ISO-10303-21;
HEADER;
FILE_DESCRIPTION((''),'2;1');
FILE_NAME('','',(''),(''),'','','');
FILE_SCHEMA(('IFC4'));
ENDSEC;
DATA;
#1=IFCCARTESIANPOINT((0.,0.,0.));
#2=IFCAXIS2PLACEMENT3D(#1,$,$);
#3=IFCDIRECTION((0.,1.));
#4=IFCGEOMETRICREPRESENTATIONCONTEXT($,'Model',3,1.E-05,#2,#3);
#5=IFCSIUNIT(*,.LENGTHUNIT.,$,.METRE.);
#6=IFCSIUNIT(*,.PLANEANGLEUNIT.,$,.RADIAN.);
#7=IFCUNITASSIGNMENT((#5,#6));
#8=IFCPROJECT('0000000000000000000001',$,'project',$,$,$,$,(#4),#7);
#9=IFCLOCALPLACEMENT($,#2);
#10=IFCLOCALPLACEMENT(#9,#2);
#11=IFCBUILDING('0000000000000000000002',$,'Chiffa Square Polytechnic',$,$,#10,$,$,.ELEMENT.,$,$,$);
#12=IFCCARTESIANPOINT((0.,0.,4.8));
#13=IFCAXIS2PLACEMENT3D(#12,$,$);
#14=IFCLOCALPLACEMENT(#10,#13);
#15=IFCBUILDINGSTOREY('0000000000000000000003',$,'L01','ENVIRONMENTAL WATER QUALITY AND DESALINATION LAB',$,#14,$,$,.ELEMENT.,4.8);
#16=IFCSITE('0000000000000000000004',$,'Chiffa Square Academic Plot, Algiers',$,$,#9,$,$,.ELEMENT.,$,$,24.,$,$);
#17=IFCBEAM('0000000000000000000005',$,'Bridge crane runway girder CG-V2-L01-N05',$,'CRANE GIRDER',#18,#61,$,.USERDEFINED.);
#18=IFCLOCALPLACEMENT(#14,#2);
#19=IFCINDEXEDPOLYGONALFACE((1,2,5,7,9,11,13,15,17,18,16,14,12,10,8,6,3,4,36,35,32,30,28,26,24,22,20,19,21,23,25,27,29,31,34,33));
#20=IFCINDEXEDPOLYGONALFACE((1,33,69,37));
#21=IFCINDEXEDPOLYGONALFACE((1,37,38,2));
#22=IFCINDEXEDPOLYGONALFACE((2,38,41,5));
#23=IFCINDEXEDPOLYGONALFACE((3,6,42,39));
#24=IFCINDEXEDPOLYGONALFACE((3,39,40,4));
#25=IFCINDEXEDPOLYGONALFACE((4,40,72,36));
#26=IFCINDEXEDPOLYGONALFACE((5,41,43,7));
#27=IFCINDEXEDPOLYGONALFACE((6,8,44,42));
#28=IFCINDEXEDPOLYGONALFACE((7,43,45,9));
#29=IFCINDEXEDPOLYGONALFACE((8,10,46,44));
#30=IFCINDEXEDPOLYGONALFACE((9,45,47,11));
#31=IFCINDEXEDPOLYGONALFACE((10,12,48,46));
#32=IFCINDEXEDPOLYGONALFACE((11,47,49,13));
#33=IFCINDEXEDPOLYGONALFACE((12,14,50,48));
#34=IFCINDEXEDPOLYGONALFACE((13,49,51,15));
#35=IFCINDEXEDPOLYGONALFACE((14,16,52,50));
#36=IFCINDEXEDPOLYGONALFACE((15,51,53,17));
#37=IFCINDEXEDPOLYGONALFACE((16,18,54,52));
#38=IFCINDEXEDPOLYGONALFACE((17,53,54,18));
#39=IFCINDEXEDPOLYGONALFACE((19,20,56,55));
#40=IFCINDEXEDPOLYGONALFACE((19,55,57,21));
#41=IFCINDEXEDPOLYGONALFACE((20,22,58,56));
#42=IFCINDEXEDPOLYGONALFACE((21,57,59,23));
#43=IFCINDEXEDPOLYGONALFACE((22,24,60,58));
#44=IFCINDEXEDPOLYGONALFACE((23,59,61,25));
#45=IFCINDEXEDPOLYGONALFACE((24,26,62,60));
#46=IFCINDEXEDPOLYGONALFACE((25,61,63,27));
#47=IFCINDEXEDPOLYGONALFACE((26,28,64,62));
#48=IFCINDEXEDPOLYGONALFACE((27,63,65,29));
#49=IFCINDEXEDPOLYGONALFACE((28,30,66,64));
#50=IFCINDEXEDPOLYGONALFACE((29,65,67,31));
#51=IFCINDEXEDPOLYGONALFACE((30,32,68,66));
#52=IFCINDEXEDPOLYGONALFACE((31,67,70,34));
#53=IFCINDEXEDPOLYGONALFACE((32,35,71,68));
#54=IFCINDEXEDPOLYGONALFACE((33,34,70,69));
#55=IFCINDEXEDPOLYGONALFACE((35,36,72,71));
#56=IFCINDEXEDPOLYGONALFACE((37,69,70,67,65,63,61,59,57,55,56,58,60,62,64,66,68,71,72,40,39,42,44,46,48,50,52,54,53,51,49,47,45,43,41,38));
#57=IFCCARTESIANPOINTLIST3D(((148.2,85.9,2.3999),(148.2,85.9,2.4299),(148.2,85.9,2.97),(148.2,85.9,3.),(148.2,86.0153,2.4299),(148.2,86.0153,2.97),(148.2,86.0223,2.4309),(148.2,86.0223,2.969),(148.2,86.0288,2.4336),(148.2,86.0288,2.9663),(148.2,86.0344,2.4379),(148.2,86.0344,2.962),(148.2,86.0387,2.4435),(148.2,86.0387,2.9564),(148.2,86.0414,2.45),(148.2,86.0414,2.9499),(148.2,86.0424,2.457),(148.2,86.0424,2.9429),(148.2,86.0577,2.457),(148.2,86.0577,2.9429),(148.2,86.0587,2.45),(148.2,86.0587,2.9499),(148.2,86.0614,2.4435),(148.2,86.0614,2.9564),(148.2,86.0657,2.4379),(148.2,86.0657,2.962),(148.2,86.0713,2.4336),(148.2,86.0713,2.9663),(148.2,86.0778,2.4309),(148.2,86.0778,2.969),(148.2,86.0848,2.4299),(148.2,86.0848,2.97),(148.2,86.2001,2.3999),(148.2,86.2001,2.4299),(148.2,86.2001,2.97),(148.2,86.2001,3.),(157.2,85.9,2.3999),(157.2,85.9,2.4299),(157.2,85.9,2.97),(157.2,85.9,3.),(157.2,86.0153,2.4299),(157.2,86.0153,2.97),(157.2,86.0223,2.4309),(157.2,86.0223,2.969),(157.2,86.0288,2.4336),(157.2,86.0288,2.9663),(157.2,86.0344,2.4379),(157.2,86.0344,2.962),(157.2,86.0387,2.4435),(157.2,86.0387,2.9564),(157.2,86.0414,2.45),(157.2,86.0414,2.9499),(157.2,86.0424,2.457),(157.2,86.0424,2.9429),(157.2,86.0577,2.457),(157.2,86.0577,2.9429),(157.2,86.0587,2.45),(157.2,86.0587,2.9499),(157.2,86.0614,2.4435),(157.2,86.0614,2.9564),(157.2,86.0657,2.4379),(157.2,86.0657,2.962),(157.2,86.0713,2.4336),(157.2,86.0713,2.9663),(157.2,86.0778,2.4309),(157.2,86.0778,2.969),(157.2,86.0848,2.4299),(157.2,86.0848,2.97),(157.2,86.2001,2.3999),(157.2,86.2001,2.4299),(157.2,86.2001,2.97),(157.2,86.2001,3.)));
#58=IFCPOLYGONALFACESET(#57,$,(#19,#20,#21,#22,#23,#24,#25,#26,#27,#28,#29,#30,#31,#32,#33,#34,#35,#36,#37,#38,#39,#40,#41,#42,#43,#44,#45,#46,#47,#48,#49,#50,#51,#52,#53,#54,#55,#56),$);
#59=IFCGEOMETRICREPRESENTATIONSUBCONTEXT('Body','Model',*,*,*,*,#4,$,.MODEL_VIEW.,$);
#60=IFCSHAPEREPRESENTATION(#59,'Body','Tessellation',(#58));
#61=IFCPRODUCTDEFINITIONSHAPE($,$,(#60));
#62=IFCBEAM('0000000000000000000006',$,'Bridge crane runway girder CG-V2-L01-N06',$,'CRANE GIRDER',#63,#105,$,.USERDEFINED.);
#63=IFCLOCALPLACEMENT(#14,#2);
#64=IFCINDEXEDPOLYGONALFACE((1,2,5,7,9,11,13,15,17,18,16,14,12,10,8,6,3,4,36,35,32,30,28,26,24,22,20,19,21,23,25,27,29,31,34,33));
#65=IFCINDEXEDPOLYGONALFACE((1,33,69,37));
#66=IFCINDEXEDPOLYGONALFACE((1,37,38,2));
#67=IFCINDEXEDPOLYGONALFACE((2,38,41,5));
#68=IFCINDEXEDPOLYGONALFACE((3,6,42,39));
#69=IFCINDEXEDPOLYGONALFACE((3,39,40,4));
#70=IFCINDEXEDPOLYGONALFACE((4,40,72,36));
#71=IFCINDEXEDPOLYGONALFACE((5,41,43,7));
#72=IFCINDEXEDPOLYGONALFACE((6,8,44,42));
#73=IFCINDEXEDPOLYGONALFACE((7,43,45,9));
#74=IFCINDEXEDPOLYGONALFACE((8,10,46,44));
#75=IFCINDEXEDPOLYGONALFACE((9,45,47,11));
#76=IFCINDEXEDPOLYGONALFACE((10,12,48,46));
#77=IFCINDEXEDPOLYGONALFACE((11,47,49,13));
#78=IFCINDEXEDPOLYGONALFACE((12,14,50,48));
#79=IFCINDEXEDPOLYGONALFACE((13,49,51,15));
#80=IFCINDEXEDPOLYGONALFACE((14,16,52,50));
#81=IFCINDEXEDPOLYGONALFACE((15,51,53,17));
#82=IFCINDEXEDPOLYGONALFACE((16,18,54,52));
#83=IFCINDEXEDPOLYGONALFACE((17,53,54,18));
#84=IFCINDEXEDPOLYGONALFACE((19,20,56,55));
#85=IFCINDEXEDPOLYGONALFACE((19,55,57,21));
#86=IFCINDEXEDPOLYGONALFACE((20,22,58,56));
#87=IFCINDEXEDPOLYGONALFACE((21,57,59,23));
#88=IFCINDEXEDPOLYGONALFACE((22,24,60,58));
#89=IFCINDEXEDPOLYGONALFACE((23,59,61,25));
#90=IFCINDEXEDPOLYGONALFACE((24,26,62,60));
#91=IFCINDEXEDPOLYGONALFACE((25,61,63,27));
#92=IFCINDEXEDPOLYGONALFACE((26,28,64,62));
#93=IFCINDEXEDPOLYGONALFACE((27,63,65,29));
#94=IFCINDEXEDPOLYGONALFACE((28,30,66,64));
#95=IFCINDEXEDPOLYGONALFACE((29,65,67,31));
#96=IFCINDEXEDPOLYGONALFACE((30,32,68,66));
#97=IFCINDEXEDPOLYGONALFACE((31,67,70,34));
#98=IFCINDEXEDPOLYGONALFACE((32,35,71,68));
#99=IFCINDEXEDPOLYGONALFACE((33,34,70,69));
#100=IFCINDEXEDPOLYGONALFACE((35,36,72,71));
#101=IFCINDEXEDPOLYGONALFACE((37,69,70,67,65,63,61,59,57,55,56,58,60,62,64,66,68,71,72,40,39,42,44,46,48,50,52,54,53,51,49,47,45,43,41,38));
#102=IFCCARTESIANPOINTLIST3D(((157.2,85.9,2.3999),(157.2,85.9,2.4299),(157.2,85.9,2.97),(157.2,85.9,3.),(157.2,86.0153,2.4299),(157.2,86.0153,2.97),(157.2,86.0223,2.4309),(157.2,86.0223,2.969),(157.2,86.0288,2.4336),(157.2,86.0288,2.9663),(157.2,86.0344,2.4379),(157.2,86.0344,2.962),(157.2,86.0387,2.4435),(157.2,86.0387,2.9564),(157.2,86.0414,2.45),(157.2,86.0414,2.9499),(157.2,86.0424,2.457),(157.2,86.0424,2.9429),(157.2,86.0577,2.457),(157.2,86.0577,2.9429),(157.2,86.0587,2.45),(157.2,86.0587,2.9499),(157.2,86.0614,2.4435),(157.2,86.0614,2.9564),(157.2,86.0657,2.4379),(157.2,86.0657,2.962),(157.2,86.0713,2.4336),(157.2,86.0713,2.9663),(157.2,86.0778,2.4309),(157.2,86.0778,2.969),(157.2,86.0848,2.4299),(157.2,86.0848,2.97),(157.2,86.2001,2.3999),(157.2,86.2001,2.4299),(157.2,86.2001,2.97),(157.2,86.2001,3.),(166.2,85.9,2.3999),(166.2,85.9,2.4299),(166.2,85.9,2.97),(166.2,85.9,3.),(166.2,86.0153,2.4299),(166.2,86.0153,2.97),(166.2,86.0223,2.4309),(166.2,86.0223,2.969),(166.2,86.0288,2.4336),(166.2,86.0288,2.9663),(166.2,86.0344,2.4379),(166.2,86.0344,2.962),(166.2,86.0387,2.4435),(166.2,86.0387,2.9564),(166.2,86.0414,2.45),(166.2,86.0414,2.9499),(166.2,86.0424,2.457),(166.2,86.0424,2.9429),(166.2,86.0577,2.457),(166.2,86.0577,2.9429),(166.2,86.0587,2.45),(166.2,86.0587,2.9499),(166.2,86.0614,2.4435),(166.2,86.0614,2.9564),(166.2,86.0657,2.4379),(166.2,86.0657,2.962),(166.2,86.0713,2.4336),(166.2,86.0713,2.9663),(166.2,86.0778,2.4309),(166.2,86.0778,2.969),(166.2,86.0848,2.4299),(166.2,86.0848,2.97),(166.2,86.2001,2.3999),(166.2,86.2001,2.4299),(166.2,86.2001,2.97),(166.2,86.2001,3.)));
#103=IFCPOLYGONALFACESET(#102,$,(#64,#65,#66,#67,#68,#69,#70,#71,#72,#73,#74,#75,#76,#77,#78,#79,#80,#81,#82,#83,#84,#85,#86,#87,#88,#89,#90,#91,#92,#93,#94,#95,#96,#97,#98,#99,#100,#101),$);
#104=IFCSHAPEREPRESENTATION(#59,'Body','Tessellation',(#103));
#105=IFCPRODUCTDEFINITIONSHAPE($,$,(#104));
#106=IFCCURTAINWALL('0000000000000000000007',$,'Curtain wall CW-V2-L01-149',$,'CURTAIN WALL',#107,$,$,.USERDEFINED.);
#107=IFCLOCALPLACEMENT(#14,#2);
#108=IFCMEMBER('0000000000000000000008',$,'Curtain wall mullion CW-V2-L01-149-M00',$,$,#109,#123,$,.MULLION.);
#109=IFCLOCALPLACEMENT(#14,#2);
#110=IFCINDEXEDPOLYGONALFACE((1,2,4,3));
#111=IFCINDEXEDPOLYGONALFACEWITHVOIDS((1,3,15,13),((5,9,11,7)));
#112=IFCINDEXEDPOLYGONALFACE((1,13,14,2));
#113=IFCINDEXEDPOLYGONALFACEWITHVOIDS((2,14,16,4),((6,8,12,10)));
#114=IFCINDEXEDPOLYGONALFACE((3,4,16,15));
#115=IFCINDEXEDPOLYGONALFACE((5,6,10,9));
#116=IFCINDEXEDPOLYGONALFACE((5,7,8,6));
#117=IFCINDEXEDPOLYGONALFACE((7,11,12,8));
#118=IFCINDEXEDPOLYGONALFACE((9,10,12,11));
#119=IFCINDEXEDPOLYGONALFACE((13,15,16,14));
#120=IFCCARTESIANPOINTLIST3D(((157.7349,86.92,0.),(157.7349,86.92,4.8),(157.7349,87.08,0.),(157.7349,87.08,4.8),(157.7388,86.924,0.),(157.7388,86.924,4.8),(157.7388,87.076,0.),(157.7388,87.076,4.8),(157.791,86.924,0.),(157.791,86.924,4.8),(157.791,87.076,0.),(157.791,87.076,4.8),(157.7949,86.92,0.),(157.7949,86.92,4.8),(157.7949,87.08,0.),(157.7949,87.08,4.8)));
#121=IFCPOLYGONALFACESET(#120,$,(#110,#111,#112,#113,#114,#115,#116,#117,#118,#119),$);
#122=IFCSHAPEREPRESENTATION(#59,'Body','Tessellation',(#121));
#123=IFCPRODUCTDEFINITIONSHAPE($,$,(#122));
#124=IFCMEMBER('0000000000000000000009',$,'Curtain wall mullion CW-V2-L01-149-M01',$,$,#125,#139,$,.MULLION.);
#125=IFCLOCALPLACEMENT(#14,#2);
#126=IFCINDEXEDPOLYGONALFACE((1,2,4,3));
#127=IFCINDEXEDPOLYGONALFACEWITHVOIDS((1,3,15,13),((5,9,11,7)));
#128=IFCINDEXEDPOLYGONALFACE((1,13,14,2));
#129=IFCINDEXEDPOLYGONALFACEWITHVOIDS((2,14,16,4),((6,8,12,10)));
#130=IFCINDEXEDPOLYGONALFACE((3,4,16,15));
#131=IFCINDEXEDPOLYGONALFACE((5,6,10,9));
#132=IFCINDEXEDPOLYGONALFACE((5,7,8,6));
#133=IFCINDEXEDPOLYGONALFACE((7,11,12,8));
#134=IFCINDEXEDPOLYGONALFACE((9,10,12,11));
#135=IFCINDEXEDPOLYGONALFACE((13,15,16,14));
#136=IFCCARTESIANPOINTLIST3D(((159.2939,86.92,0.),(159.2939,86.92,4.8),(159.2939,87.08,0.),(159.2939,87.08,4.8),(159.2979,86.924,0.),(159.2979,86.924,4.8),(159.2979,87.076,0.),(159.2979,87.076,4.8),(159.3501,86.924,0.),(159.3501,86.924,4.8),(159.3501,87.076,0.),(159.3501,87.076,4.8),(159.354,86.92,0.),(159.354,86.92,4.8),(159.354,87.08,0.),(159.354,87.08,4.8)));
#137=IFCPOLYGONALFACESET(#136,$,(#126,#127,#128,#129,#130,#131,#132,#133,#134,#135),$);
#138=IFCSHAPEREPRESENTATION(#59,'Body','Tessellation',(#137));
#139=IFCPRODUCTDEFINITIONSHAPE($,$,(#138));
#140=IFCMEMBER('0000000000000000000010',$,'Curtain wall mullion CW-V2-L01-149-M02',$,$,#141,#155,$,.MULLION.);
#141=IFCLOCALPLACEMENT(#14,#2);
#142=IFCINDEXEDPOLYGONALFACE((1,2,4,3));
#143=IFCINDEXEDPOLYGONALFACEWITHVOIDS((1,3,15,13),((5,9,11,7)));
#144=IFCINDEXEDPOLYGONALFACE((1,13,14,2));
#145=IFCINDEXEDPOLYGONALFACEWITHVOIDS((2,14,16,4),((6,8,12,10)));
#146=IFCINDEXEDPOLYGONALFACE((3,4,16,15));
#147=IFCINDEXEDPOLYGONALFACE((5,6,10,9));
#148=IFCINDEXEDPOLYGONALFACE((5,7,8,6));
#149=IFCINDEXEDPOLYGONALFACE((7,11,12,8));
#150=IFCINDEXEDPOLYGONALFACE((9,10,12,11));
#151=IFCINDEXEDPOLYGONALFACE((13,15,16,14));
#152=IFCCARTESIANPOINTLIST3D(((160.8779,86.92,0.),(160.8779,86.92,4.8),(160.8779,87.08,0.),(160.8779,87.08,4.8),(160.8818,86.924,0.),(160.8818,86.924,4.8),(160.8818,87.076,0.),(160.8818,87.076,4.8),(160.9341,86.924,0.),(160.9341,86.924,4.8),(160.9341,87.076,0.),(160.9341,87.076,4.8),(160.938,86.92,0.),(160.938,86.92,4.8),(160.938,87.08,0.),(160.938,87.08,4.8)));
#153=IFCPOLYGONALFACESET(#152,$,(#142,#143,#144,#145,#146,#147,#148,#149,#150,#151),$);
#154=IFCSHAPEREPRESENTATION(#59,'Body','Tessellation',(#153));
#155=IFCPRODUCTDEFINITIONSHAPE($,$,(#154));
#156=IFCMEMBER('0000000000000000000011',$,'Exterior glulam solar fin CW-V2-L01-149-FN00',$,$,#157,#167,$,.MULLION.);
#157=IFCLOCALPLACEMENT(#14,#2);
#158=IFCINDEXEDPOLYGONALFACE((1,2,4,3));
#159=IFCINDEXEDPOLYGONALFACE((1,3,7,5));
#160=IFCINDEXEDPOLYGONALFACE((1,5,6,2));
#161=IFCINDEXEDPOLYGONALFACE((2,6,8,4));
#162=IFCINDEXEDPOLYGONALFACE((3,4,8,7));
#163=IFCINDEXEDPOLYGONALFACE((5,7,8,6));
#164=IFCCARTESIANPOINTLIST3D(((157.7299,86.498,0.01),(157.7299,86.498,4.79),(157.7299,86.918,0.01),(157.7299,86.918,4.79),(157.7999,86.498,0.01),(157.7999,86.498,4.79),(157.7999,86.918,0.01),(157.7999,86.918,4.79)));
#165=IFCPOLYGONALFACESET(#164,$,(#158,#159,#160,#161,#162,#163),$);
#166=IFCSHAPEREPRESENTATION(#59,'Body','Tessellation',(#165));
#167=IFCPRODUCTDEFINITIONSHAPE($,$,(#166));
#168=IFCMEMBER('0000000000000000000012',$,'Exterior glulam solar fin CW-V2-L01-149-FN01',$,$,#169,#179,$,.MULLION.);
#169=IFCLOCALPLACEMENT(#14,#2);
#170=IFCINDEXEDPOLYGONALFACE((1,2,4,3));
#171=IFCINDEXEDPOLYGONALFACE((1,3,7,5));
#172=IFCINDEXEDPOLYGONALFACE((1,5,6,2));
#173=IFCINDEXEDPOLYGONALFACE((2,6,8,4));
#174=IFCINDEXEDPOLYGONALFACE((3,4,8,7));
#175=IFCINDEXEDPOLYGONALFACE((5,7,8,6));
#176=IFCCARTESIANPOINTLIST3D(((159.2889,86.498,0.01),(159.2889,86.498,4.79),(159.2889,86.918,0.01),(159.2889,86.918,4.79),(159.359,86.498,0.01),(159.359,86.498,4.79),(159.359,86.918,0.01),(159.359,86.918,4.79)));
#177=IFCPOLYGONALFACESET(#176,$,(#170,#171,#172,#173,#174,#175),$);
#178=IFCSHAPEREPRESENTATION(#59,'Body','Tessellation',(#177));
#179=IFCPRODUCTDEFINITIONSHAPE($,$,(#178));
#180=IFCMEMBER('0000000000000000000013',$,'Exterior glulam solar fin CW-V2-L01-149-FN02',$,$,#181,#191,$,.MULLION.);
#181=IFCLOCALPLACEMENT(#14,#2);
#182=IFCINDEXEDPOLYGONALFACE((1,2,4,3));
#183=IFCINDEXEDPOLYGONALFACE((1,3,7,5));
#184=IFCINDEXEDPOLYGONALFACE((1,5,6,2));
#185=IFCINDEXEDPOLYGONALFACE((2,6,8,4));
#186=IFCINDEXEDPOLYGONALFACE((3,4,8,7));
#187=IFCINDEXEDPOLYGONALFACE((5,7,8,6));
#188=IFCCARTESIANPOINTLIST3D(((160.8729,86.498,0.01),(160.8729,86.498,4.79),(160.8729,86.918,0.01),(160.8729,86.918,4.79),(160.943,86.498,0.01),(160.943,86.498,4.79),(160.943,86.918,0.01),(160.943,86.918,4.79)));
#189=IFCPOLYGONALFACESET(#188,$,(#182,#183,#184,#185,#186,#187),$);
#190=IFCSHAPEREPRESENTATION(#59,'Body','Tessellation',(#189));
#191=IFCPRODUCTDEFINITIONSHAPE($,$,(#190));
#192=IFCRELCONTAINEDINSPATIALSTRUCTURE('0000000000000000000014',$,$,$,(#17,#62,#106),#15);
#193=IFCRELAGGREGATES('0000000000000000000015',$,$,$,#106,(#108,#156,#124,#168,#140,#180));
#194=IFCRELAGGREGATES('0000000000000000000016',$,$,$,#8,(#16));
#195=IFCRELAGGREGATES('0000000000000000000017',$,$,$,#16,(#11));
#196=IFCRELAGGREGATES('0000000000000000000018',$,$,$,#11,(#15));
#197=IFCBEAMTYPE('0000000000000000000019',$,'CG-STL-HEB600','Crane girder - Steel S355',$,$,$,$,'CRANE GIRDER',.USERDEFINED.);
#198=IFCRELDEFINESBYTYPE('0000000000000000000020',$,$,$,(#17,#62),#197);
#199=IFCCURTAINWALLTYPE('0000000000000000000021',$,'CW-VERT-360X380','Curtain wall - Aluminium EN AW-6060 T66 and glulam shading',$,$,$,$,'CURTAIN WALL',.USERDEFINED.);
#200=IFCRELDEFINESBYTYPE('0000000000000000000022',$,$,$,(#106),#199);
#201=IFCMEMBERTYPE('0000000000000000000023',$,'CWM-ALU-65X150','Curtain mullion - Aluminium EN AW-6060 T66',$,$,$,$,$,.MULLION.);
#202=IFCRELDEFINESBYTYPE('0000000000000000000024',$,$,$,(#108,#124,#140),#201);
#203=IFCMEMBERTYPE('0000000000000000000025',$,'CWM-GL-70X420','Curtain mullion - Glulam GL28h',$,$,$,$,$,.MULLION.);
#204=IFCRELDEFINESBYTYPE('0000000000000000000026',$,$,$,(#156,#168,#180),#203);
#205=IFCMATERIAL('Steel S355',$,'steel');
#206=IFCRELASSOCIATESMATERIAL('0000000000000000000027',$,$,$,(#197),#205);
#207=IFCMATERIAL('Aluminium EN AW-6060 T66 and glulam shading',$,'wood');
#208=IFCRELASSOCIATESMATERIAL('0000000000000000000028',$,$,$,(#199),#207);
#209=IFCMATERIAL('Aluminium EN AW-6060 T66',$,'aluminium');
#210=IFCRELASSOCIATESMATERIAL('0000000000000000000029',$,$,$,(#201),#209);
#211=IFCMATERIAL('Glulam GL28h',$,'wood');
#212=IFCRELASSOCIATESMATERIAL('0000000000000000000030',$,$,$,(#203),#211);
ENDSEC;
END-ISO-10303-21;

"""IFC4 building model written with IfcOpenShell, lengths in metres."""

from ifc_helpers import new_model, si_unit, direction, frame, origin, origin_2d, place, context, subcontext, project, spatial, rectangle, hollow_rectangle, i_section, extrude, material, material_profile, profile_set, type_object, element, aggregate, save


model = new_model("IFC4")

# Units and contexts
model_context = context("Model", 3, precision=1e-05, world=origin(), true_north=direction((0.0, 1.0)))
body_context = subcontext(model_context, "Body", "Model", "MODEL_VIEW")
ifc_project = project(units=[si_unit("LENGTHUNIT", "METRE"), si_unit("PLANEANGLEUNIT", "RADIAN")], contexts=[model_context])

# Site, building, storey
site_placement = place(None, origin())
site = spatial("IfcSite", under=ifc_project, at=site_placement, Name="Chiffa Square Academic Plot, Algiers", CompositionType="ELEMENT", RefElevation=24.0)
building_placement = place(site_placement, origin())
building = spatial("IfcBuilding", under=site, at=building_placement, Name="Chiffa Square Polytechnic", CompositionType="ELEMENT")
storey_placement = place(building_placement, frame((0.0, 0.0, 4.8)))
storey = spatial("IfcBuildingStorey", under=building, at=storey_placement, Name="L01", Description="ENVIRONMENTAL WATER QUALITY AND DESALINATION LAB", CompositionType="ELEMENT", Elevation=4.8)

# Shared definitions
ifc_material_1 = material(Name="Steel S355", Category="steel")

# Beams
ifc_material_profile_1 = material_profile(ifc_material_1, i_section(OverallWidth=0.3, OverallDepth=0.6001, WebThickness=0.0154, FlangeThickness=0.03, FilletRadius=0.0271, at=origin_2d()), Name="HEB 600")
ifc_profile_set_1 = profile_set([ifc_material_profile_1], Name="Steel S355")
beam_type_1 = type_object("IfcBeamType", Name="CG-STL-HEB600", Description="Crane girder - Steel S355", ElementType="CRANE GIRDER", PredefinedType="USERDEFINED", material=ifc_profile_set_1)
for number, where, z_axis, x_axis, name in (
    (1, (148.2, 86.05, 2.7), (1.0, 0.0, 0.0), (0.0, 1.0, 0.0), "Bridge crane runway girder CG-V2-L01-N05"),
    (2, (157.2, 86.05, 2.7), (1.0, 0.0, 0.0), (0.0, 1.0, 0.0), "Bridge crane runway girder CG-V2-L01-N06"),
):
    element("IfcBeam", number, at=place(storey_placement, frame(where, z_axis=z_axis, x_axis=x_axis)), inside=storey, type_object=beam_type_1, Name=name, ObjectType="CRANE GIRDER", PredefinedType="USERDEFINED", context=body_context, shape_type="SweptSolid", body=[
        extrude(i_section(OverallWidth=0.3, OverallDepth=0.6001, WebThickness=0.0154, FlangeThickness=0.03, FilletRadius=0.0271, at=origin_2d()), origin(), (0.0, 0.0, 1.0), 9.0),
    ])

# Curtain wall, members
ifc_material_2 = material(Name="Aluminium EN AW-6060 T66 and glulam shading", Category="wood")
curtain_wall_type = type_object("IfcCurtainWallType", Name="CW-VERT-360X380", Description="Curtain wall - Aluminium EN AW-6060 T66 and glulam shading", ElementType="CURTAIN WALL", PredefinedType="USERDEFINED", material=ifc_material_2)
curtain_wall_placement = place(storey_placement, origin())
curtain_wall = element("IfcCurtainWall", 3, at=curtain_wall_placement, inside=storey, type_object=curtain_wall_type, Name="Curtain wall CW-V2-L01-149", ObjectType="CURTAIN WALL", PredefinedType="USERDEFINED")
ifc_material_3 = material(Name="Aluminium EN AW-6060 T66", Category="aluminium")
ifc_material_profile_2 = material_profile(ifc_material_3, hollow_rectangle(XDim=0.0601, YDim=0.1599, WallThickness=0.0039, at=origin_2d()), Name="ALU 60x160x4")
ifc_profile_set_2 = profile_set([ifc_material_profile_2], Name="Aluminium EN AW-6060 T66")
member_type_1 = type_object("IfcMemberType", Name="CWM-ALU-65X150", Description="Curtain mullion - Aluminium EN AW-6060 T66", PredefinedType="MULLION", material=ifc_profile_set_2)
member_1_placement = place(storey_placement, frame((157.7649, 87.0, 0.0), z_axis=(0.0, 0.0, 1.0), x_axis=(1.0, 0.0, 0.0)))
member_1 = element("IfcMember", 4, at=member_1_placement, type_object=member_type_1, Name="Curtain wall mullion CW-V2-L01-149-M00", PredefinedType="MULLION", context=body_context, shape_type="SweptSolid", body=[
    extrude(hollow_rectangle(XDim=0.0601, YDim=0.1599, WallThickness=0.0039, at=origin_2d()), origin(), (0.0, 0.0, 1.0), 4.8),
])
member_2_placement = place(storey_placement, frame((159.324, 87.0, 0.0), z_axis=(0.0, 0.0, 1.0), x_axis=(1.0, 0.0, 0.0)))
member_2 = element("IfcMember", 5, at=member_2_placement, type_object=member_type_1, Name="Curtain wall mullion CW-V2-L01-149-M01", PredefinedType="MULLION", context=body_context, shape_type="SweptSolid", body=[
    extrude(hollow_rectangle(XDim=0.0601, YDim=0.1599, WallThickness=0.0039, at=origin_2d()), origin(), (0.0, 0.0, 1.0), 4.8),
])
member_3_placement = place(storey_placement, frame((160.908, 87.0, 0.0), z_axis=(0.0, 0.0, 1.0), x_axis=(1.0, 0.0, 0.0)))
member_3 = element("IfcMember", 6, at=member_3_placement, type_object=member_type_1, Name="Curtain wall mullion CW-V2-L01-149-M02", PredefinedType="MULLION", context=body_context, shape_type="SweptSolid", body=[
    extrude(hollow_rectangle(XDim=0.0601, YDim=0.1599, WallThickness=0.0039, at=origin_2d()), origin(), (0.0, 0.0, 1.0), 4.8),
])
ifc_material_4 = material(Name="Glulam GL28h", Category="wood")
ifc_material_profile_3 = material_profile(ifc_material_4, rectangle(XDim=0.0701, YDim=0.4199, at=origin_2d()), Name="GL28h 70x420")
ifc_profile_set_3 = profile_set([ifc_material_profile_3], Name="Glulam GL28h")
member_type_2 = type_object("IfcMemberType", Name="CWM-GL-70X420", Description="Curtain mullion - Glulam GL28h", PredefinedType="MULLION", material=ifc_profile_set_3)
member_4_placement = place(storey_placement, frame((157.7649, 86.708, 0.01), z_axis=(0.0, 0.0, 1.0), x_axis=(1.0, 0.0, 0.0)))
member_4 = element("IfcMember", 7, at=member_4_placement, type_object=member_type_2, Name="Exterior glulam solar fin CW-V2-L01-149-FN00", PredefinedType="MULLION", context=body_context, shape_type="SweptSolid", body=[
    extrude(rectangle(XDim=0.0701, YDim=0.4199, at=origin_2d()), origin(), (0.0, 0.0, 1.0), 4.78),
])
member_5_placement = place(storey_placement, frame((159.324, 86.708, 0.01), z_axis=(0.0, 0.0, 1.0), x_axis=(1.0, 0.0, 0.0)))
member_5 = element("IfcMember", 8, at=member_5_placement, type_object=member_type_2, Name="Exterior glulam solar fin CW-V2-L01-149-FN01", PredefinedType="MULLION", context=body_context, shape_type="SweptSolid", body=[
    extrude(rectangle(XDim=0.0701, YDim=0.4199, at=origin_2d()), origin(), (0.0, 0.0, 1.0), 4.78),
])
member_6_placement = place(storey_placement, frame((160.908, 86.708, 0.01), z_axis=(0.0, 0.0, 1.0), x_axis=(1.0, 0.0, 0.0)))
member_6 = element("IfcMember", 9, at=member_6_placement, type_object=member_type_2, Name="Exterior glulam solar fin CW-V2-L01-149-FN02", PredefinedType="MULLION", context=body_context, shape_type="SweptSolid", body=[
    extrude(rectangle(XDim=0.0701, YDim=0.4199, at=origin_2d()), origin(), (0.0, 0.0, 1.0), 4.78),
])
aggregate(curtain_wall, [member_1, member_4, member_2, member_5, member_3, member_6])

save(model, "model.ifc")
